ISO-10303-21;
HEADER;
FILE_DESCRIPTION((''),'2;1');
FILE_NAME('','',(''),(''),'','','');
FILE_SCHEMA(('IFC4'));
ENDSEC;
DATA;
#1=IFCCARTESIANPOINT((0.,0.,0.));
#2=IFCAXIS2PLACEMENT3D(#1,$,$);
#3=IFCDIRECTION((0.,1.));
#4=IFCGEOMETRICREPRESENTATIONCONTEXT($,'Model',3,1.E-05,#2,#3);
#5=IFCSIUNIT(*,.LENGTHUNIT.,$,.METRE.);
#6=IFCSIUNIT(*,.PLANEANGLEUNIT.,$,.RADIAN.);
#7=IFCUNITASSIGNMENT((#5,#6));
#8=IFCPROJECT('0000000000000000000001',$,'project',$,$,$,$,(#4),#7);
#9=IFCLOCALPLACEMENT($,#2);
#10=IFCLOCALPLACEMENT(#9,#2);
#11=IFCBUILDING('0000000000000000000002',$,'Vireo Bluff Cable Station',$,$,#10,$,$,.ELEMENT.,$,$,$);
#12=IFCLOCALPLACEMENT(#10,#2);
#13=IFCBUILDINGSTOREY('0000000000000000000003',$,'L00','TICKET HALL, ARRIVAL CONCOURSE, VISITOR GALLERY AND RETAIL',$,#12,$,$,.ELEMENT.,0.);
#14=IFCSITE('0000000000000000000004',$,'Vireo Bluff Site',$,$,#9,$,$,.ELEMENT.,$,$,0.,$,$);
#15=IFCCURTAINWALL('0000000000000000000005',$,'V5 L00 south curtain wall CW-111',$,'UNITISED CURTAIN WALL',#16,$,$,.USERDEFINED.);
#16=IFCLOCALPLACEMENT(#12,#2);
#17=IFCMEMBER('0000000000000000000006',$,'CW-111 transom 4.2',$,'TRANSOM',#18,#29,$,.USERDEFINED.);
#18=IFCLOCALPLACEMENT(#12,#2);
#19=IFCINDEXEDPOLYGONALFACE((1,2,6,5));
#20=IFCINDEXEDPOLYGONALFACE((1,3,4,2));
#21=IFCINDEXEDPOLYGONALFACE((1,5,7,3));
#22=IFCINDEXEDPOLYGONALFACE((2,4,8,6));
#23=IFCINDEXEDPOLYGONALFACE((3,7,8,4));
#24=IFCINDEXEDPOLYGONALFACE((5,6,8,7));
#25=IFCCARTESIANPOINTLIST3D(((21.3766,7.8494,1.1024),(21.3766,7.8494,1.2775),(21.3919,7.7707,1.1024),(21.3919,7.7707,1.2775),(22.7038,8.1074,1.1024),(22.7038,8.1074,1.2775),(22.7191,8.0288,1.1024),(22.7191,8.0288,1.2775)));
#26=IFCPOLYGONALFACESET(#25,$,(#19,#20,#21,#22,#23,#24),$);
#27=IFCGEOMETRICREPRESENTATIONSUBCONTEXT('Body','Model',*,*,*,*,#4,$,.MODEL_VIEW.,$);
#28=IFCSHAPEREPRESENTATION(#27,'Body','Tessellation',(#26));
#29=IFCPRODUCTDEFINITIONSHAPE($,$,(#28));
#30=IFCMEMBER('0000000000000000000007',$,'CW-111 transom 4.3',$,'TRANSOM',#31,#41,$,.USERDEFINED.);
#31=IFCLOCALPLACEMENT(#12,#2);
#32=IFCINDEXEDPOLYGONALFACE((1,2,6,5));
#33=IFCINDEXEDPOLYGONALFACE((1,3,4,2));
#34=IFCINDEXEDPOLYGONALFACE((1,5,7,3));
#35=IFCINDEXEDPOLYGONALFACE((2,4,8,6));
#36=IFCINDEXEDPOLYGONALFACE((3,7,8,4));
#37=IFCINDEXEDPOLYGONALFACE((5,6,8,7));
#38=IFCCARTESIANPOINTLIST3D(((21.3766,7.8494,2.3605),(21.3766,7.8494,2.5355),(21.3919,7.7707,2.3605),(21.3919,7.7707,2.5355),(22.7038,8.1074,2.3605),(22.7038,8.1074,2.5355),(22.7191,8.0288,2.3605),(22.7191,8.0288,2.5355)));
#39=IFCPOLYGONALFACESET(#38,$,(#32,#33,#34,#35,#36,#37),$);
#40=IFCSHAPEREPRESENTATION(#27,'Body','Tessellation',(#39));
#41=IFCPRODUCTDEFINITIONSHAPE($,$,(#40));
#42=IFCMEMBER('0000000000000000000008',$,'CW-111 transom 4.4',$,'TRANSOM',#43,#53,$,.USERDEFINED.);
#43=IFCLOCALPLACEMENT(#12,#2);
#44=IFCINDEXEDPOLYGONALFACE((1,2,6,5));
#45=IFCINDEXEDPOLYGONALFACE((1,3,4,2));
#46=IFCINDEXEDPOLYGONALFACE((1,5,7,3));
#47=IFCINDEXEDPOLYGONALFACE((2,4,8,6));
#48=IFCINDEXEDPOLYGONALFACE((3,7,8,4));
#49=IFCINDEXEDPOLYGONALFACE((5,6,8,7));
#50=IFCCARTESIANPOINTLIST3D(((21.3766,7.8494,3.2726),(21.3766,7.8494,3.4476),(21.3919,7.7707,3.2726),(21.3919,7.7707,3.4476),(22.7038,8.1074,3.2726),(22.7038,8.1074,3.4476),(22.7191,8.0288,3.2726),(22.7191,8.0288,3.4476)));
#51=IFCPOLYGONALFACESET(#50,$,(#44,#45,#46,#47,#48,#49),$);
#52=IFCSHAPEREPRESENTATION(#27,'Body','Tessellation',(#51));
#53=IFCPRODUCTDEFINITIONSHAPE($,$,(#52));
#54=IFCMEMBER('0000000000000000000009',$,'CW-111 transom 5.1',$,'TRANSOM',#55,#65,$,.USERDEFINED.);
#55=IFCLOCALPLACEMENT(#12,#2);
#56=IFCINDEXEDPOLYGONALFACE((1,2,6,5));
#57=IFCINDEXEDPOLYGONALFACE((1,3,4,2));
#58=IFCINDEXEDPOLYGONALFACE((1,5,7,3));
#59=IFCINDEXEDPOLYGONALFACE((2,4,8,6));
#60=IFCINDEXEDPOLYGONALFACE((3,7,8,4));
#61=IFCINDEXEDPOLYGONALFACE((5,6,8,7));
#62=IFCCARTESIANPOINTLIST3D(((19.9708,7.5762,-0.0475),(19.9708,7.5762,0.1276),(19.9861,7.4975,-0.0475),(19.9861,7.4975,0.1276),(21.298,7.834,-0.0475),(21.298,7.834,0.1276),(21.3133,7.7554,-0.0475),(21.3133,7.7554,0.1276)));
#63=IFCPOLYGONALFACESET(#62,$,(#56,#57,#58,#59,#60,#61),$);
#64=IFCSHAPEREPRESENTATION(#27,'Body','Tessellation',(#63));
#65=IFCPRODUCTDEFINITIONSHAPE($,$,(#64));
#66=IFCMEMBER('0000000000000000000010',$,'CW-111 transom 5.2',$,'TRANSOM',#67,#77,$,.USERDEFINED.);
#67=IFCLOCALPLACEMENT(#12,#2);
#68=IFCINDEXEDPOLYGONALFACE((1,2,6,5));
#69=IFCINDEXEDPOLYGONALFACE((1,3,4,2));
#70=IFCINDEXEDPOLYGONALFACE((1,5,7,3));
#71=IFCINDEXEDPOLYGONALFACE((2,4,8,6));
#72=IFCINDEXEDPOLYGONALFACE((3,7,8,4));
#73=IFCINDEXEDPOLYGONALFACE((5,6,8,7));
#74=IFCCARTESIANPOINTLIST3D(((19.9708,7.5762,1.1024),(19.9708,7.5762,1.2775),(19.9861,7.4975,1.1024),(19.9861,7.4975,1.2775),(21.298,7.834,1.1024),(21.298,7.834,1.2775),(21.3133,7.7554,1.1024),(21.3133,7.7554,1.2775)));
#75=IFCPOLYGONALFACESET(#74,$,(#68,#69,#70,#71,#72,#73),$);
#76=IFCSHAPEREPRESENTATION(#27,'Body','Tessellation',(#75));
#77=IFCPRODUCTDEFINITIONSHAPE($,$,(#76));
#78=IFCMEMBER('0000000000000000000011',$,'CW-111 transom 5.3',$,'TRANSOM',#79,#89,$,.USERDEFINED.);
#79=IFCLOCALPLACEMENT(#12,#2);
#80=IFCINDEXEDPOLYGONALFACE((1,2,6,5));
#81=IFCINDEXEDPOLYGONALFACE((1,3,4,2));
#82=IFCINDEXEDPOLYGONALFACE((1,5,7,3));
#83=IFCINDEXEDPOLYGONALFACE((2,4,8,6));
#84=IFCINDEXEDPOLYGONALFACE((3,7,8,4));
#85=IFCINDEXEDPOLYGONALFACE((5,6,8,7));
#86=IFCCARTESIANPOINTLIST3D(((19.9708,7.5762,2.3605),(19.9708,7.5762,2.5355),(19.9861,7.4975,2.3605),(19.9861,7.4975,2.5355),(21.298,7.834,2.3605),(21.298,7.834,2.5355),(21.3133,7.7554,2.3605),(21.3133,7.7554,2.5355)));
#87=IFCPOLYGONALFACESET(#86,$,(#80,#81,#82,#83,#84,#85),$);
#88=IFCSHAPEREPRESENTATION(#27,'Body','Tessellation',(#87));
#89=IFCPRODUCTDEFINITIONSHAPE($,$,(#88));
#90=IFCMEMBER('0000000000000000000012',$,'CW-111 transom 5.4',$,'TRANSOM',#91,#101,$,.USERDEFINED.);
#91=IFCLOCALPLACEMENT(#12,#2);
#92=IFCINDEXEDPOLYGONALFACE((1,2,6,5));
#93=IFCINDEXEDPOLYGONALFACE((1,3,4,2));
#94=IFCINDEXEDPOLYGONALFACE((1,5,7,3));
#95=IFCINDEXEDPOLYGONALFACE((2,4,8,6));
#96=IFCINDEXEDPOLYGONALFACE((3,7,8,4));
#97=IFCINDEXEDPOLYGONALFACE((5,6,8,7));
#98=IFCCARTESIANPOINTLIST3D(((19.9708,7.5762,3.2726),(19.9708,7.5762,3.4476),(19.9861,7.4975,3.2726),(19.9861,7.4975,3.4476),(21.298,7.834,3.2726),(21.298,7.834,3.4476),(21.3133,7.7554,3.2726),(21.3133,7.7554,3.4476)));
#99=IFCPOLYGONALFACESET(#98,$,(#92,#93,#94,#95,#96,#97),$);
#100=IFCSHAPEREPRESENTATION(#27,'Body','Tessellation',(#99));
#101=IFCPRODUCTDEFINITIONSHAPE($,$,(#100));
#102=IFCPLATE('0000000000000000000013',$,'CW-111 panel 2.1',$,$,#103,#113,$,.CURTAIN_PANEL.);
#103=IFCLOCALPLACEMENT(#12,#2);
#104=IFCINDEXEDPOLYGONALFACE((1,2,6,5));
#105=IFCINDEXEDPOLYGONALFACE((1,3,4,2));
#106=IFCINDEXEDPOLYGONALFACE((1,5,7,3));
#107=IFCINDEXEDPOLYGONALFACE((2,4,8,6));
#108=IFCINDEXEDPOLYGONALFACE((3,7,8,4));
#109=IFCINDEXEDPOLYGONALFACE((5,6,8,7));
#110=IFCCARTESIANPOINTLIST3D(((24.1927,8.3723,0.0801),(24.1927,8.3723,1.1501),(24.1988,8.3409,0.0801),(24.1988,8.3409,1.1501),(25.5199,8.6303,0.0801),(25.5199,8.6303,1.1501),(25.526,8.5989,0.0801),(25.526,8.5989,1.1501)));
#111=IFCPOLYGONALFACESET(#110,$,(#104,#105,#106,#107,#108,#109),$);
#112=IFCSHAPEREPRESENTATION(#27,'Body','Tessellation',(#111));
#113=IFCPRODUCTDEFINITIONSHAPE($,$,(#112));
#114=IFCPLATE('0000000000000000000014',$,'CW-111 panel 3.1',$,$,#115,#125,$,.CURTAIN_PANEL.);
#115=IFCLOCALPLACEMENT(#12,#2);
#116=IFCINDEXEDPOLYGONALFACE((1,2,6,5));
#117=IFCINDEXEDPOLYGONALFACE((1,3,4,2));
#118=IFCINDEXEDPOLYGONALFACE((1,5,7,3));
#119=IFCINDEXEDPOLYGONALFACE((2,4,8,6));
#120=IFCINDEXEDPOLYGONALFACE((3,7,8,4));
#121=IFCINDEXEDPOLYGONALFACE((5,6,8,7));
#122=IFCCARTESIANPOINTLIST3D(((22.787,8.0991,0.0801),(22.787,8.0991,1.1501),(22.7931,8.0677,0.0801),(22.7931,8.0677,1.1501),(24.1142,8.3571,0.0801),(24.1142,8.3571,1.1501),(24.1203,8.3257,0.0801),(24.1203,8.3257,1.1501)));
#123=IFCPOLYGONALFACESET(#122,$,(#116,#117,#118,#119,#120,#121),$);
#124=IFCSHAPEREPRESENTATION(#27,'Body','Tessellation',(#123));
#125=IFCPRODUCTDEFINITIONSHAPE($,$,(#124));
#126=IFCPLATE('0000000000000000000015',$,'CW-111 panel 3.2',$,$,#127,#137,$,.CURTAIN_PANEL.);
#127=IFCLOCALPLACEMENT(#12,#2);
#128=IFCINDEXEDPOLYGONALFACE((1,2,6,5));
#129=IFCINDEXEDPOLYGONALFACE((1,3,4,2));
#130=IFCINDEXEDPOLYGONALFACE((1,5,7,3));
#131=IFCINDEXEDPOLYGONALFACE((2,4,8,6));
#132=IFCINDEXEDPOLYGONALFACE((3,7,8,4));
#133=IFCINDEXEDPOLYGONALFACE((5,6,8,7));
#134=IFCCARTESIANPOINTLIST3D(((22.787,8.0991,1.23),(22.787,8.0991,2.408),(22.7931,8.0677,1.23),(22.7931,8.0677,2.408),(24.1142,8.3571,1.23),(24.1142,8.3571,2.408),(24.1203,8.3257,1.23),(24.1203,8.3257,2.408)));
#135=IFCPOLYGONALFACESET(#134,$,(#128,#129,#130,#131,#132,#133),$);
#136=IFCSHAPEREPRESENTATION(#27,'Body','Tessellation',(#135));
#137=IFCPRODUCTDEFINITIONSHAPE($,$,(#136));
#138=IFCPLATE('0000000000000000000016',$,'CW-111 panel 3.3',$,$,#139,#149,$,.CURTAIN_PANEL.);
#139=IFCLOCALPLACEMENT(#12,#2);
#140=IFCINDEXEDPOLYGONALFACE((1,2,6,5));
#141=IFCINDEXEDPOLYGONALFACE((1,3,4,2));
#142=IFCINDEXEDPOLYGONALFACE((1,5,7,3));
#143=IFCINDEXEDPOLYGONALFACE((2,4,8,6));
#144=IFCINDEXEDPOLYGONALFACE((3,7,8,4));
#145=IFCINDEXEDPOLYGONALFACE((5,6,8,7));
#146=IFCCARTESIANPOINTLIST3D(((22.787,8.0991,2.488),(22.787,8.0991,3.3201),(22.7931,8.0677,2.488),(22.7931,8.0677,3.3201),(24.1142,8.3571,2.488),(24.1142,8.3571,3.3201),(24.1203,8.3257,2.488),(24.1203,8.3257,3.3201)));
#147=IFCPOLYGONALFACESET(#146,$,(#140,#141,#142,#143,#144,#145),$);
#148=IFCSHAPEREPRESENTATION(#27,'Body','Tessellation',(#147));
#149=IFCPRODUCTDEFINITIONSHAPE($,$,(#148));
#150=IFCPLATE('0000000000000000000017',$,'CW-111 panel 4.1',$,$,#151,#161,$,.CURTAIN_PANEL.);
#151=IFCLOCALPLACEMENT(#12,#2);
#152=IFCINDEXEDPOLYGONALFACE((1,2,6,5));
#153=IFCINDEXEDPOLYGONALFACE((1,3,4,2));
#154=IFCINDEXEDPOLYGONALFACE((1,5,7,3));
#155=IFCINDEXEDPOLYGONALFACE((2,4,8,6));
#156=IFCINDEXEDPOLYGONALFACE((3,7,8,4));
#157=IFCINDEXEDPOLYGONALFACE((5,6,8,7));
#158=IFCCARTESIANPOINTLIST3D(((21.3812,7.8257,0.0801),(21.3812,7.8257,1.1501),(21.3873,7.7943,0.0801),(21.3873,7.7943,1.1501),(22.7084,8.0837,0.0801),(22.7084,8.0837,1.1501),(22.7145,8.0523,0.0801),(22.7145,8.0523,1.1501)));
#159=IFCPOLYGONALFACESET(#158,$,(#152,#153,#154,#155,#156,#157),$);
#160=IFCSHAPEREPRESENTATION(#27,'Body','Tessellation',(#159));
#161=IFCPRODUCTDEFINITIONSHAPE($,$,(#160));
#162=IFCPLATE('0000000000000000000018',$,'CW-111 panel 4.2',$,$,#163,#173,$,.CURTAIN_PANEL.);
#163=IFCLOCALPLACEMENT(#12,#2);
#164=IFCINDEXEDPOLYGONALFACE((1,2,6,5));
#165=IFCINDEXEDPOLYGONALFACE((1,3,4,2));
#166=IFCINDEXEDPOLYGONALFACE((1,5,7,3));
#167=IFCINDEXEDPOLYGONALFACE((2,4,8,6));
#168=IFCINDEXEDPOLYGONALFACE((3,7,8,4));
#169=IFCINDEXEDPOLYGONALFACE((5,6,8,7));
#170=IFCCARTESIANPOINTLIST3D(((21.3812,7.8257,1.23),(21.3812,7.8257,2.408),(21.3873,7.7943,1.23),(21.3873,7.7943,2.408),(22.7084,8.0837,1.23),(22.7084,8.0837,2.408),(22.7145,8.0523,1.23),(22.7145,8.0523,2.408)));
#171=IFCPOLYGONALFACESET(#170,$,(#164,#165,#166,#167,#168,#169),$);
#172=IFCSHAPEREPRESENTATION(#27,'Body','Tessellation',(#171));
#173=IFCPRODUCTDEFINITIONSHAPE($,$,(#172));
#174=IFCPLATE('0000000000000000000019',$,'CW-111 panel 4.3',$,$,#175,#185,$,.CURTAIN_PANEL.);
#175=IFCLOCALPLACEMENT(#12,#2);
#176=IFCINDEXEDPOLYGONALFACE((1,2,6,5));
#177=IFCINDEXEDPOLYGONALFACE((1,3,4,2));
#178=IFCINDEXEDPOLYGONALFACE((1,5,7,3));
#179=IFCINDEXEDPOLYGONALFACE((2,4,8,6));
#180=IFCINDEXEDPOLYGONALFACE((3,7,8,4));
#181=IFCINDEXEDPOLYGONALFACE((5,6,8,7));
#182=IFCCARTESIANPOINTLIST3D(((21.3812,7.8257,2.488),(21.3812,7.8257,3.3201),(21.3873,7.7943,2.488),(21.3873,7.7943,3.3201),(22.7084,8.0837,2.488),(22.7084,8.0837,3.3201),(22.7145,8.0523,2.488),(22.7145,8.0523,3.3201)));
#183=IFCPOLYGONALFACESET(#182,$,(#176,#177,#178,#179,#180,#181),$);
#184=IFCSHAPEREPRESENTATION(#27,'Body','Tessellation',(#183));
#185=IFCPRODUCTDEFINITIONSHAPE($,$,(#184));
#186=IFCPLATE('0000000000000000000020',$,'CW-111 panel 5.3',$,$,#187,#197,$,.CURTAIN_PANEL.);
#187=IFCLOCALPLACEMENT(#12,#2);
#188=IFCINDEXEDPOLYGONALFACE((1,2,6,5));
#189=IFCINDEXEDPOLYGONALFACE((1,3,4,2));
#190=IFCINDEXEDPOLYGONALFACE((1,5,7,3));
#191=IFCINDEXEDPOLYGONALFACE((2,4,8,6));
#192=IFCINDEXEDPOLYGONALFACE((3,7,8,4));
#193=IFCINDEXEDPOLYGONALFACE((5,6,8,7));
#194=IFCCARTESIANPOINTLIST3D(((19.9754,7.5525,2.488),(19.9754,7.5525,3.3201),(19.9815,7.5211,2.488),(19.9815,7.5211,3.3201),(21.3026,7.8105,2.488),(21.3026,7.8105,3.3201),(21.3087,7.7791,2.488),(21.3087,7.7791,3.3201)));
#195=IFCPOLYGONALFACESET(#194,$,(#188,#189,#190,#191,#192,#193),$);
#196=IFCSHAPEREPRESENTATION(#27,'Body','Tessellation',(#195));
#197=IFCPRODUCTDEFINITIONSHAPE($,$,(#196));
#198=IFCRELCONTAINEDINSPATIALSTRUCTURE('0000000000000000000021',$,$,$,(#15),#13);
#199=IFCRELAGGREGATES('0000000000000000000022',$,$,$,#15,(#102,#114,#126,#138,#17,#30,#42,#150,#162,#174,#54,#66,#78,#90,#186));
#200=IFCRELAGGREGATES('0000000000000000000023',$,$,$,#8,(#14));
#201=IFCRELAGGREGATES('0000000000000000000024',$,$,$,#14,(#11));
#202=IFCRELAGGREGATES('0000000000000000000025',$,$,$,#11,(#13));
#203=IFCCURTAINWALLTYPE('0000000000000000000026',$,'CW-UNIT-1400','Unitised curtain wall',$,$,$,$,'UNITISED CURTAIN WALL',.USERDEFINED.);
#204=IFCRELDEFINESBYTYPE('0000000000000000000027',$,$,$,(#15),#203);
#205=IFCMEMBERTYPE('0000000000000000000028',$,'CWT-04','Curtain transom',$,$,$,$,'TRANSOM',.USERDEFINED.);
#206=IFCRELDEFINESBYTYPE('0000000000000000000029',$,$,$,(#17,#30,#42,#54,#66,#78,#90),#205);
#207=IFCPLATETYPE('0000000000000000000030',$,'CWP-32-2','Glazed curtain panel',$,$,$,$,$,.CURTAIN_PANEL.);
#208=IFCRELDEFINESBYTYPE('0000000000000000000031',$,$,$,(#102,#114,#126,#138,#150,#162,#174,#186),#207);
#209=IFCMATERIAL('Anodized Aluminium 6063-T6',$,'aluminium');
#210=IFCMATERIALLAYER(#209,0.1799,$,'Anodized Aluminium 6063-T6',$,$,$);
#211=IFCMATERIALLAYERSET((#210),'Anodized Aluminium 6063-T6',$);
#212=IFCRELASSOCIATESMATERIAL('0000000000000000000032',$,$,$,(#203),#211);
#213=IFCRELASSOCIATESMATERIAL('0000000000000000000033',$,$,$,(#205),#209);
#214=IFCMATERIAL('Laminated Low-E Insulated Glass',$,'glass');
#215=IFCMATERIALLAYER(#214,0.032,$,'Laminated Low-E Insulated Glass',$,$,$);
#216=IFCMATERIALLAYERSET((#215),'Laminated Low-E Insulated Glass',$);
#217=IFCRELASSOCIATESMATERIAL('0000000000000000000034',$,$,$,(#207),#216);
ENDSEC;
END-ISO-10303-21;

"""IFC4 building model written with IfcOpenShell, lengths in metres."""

from ifc_helpers import new_model, si_unit, direction, frame, origin, origin_2d, place, context, subcontext, project, spatial, rectangle, extrude, material, layer, layer_set, material_profile, profile_set, type_object, element, aggregate, save


model = new_model("IFC4")

# Units and contexts
model_context = context("Model", 3, precision=1e-05, world=origin(), true_north=direction((0.0, 1.0)))
body_context = subcontext(model_context, "Body", "Model", "MODEL_VIEW")
ifc_project = project(units=[si_unit("LENGTHUNIT", "METRE"), si_unit("PLANEANGLEUNIT", "RADIAN")], contexts=[model_context])

# Site, building, storey
site_placement = place(None, origin())
site = spatial("IfcSite", under=ifc_project, at=site_placement, Name="Vireo Bluff Site", CompositionType="ELEMENT", RefElevation=0.0)
building_placement = place(site_placement, origin())
building = spatial("IfcBuilding", under=site, at=building_placement, Name="Vireo Bluff Cable Station", CompositionType="ELEMENT")
storey_placement = place(building_placement, origin())
storey = spatial("IfcBuildingStorey", under=building, at=storey_placement, Name="L00", Description="TICKET HALL, ARRIVAL CONCOURSE, VISITOR GALLERY AND RETAIL", CompositionType="ELEMENT", Elevation=0.0)

# Curtain wall, members, plates
ifc_material_1 = material(Name="Anodized Aluminium 6063-T6", Category="aluminium")
ifc_layer_1 = layer(ifc_material_1, 0.1799, Name="Anodized Aluminium 6063-T6")
ifc_layer_set_1 = layer_set([ifc_layer_1], Name="Anodized Aluminium 6063-T6")
curtain_wall_type = type_object("IfcCurtainWallType", Name="CW-UNIT-1400", Description="Unitised curtain wall", ElementType="UNITISED CURTAIN WALL", PredefinedType="USERDEFINED", material=ifc_layer_set_1)
curtain_wall_placement = place(storey_placement, origin())
curtain_wall = element("IfcCurtainWall", 1, at=curtain_wall_placement, inside=storey, type_object=curtain_wall_type, Name="V5 L00 south curtain wall CW-111", ObjectType="UNITISED CURTAIN WALL", PredefinedType="USERDEFINED")
ifc_material_profile_1 = material_profile(ifc_material_1, rectangle(XDim=0.0801, YDim=0.175, at=origin_2d()), Name="ALU-T-80X175")
ifc_profile_set_1 = profile_set([ifc_material_profile_1], Name="Anodized Aluminium 6063-T6")
member_type_1 = type_object("IfcMemberType", Name="CWT-04", Description="Curtain transom", ElementType="TRANSOM", PredefinedType="USERDEFINED", material=ifc_profile_set_1)
member_1_placement = place(storey_placement, frame((22.7114, 8.0681, 1.1899), z_axis=(-0.981615, -0.19087, 0.0), x_axis=(0.19087, -0.981615, 0.0)))
member_1 = element("IfcMember", 2, at=member_1_placement, type_object=member_type_1, Name="CW-111 transom 4.2", ObjectType="TRANSOM", PredefinedType="USERDEFINED", context=body_context, shape_type="SweptSolid", body=[
    extrude(rectangle(XDim=0.0801, YDim=0.175, at=origin_2d()), origin(), (0.0, 0.0, 1.0), 1.3521),
])
member_2_placement = place(storey_placement, frame((22.7114, 8.0681, 2.448), z_axis=(-0.981615, -0.19087, 0.0), x_axis=(0.19087, -0.981615, 0.0)))
member_2 = element("IfcMember", 3, at=member_2_placement, type_object=member_type_1, Name="CW-111 transom 4.3", ObjectType="TRANSOM", PredefinedType="USERDEFINED", context=body_context, shape_type="SweptSolid", body=[
    extrude(rectangle(XDim=0.0801, YDim=0.175, at=origin_2d()), origin(), (0.0, 0.0, 1.0), 1.3521),
])
member_3_placement = place(storey_placement, frame((22.7114, 8.0681, 3.3601), z_axis=(-0.981615, -0.19087, 0.0), x_axis=(0.19087, -0.981615, 0.0)))
member_3 = element("IfcMember", 4, at=member_3_placement, type_object=member_type_1, Name="CW-111 transom 4.4", ObjectType="TRANSOM", PredefinedType="USERDEFINED", context=body_context, shape_type="SweptSolid", body=[
    extrude(rectangle(XDim=0.0801, YDim=0.175, at=origin_2d()), origin(), (0.0, 0.0, 1.0), 1.3521),
])
member_4_placement = place(storey_placement, frame((21.3057, 7.7947, 0.04), z_axis=(-0.981649, -0.190696, 0.0), x_axis=(0.190696, -0.981649, 0.0)))
member_4 = element("IfcMember", 5, at=member_4_placement, type_object=member_type_1, Name="CW-111 transom 5.1", ObjectType="TRANSOM", PredefinedType="USERDEFINED", context=body_context, shape_type="SweptSolid", body=[
    extrude(rectangle(XDim=0.0801, YDim=0.175, at=origin_2d()), origin(), (0.0, 0.0, 1.0), 1.3521),
])
member_5_placement = place(storey_placement, frame((21.3057, 7.7947, 1.1899), z_axis=(-0.981649, -0.190696, 0.0), x_axis=(0.190696, -0.981649, 0.0)))
member_5 = element("IfcMember", 6, at=member_5_placement, type_object=member_type_1, Name="CW-111 transom 5.2", ObjectType="TRANSOM", PredefinedType="USERDEFINED", context=body_context, shape_type="SweptSolid", body=[
    extrude(rectangle(XDim=0.0801, YDim=0.175, at=origin_2d()), origin(), (0.0, 0.0, 1.0), 1.3521),
])
member_6_placement = place(storey_placement, frame((21.3057, 7.7947, 2.448), z_axis=(-0.981649, -0.190696, 0.0), x_axis=(0.190696, -0.981649, 0.0)))
member_6 = element("IfcMember", 7, at=member_6_placement, type_object=member_type_1, Name="CW-111 transom 5.3", ObjectType="TRANSOM", PredefinedType="USERDEFINED", context=body_context, shape_type="SweptSolid", body=[
    extrude(rectangle(XDim=0.0801, YDim=0.175, at=origin_2d()), origin(), (0.0, 0.0, 1.0), 1.3521),
])
member_7_placement = place(storey_placement, frame((21.3057, 7.7947, 3.3601), z_axis=(-0.981649, -0.190696, 0.0), x_axis=(0.190696, -0.981649, 0.0)))
member_7 = element("IfcMember", 8, at=member_7_placement, type_object=member_type_1, Name="CW-111 transom 5.4", ObjectType="TRANSOM", PredefinedType="USERDEFINED", context=body_context, shape_type="SweptSolid", body=[
    extrude(rectangle(XDim=0.0801, YDim=0.175, at=origin_2d()), origin(), (0.0, 0.0, 1.0), 1.3521),
])
ifc_material_2 = material(Name="Laminated Low-E Insulated Glass", Category="glass")
ifc_layer_2 = layer(ifc_material_2, 0.032, Name="Laminated Low-E Insulated Glass")
ifc_layer_set_2 = layer_set([ifc_layer_2], Name="Laminated Low-E Insulated Glass")
plate_type = type_object("IfcPlateType", Name="CWP-32-2", Description="Glazed curtain panel", PredefinedType="CURTAIN_PANEL", material=ifc_layer_set_2)
plate_1_placement = place(storey_placement, frame((24.8594, 8.4856, 0.0801), z_axis=(0.0, 0.0, 1.0), x_axis=(-0.981627, -0.190809, 0.0)))
plate_1 = element("IfcPlate", 9, at=plate_1_placement, type_object=plate_type, Name="CW-111 panel 2.1", PredefinedType="CURTAIN_PANEL", context=body_context, shape_type="SweptSolid", body=[
    extrude(rectangle(XDim=1.3521, YDim=0.032, at=origin_2d()), origin(), (0.0, 0.0, 1.0), 1.0701),
])
plate_2_placement = place(storey_placement, frame((23.4536, 8.2124, 0.0801), z_axis=(0.0, 0.0, 1.0), x_axis=(-0.981627, -0.190809, 0.0)))
plate_2 = element("IfcPlate", 10, at=plate_2_placement, type_object=plate_type, Name="CW-111 panel 3.1", PredefinedType="CURTAIN_PANEL", context=body_context, shape_type="SweptSolid", body=[
    extrude(rectangle(XDim=1.3521, YDim=0.032, at=origin_2d()), origin(), (0.0, 0.0, 1.0), 1.0701),
])
plate_3_placement = place(storey_placement, frame((23.4536, 8.2124, 1.23), z_axis=(0.0, 0.0, 1.0), x_axis=(-0.981627, -0.190809, 0.0)))
plate_3 = element("IfcPlate", 11, at=plate_3_placement, type_object=plate_type, Name="CW-111 panel 3.2", PredefinedType="CURTAIN_PANEL", context=body_context, shape_type="SweptSolid", body=[
    extrude(rectangle(XDim=1.3521, YDim=0.032, at=origin_2d()), origin(), (0.0, 0.0, 1.0), 1.178),
])
plate_4_placement = place(storey_placement, frame((23.4536, 8.2124, 2.488), z_axis=(0.0, 0.0, 1.0), x_axis=(-0.981627, -0.190809, 0.0)))
plate_4 = element("IfcPlate", 12, at=plate_4_placement, type_object=plate_type, Name="CW-111 panel 3.3", PredefinedType="CURTAIN_PANEL", context=body_context, shape_type="SweptSolid", body=[
    extrude(rectangle(XDim=1.3521, YDim=0.032, at=origin_2d()), origin(), (0.0, 0.0, 1.0), 0.832),
])
plate_5_placement = place(storey_placement, frame((22.0479, 7.939, 0.0801), z_axis=(0.0, 0.0, 1.0), x_axis=(-0.981627, -0.190809, 0.0)))
plate_5 = element("IfcPlate", 13, at=plate_5_placement, type_object=plate_type, Name="CW-111 panel 4.1", PredefinedType="CURTAIN_PANEL", context=body_context, shape_type="SweptSolid", body=[
    extrude(rectangle(XDim=1.3521, YDim=0.032, at=origin_2d()), origin(), (0.0, 0.0, 1.0), 1.0701),
])
plate_6_placement = place(storey_placement, frame((22.0479, 7.939, 1.23), z_axis=(0.0, 0.0, 1.0), x_axis=(-0.981627, -0.190809, 0.0)))
plate_6 = element("IfcPlate", 14, at=plate_6_placement, type_object=plate_type, Name="CW-111 panel 4.2", PredefinedType="CURTAIN_PANEL", context=body_context, shape_type="SweptSolid", body=[
    extrude(rectangle(XDim=1.3521, YDim=0.032, at=origin_2d()), origin(), (0.0, 0.0, 1.0), 1.178),
])
plate_7_placement = place(storey_placement, frame((22.0479, 7.939, 2.488), z_axis=(0.0, 0.0, 1.0), x_axis=(-0.981627, -0.190809, 0.0)))
plate_7 = element("IfcPlate", 15, at=plate_7_placement, type_object=plate_type, Name="CW-111 panel 4.3", PredefinedType="CURTAIN_PANEL", context=body_context, shape_type="SweptSolid", body=[
    extrude(rectangle(XDim=1.3521, YDim=0.032, at=origin_2d()), origin(), (0.0, 0.0, 1.0), 0.832),
])
plate_8_placement = place(storey_placement, frame((20.6421, 7.6658, 2.488), z_axis=(0.0, 0.0, 1.0), x_axis=(-0.981627, -0.190809, 0.0)))
plate_8 = element("IfcPlate", 16, at=plate_8_placement, type_object=plate_type, Name="CW-111 panel 5.3", PredefinedType="CURTAIN_PANEL", context=body_context, shape_type="SweptSolid", body=[
    extrude(rectangle(XDim=1.3521, YDim=0.032, at=origin_2d()), origin(), (0.0, 0.0, 1.0), 0.832),
])
aggregate(curtain_wall, [plate_1, plate_2, plate_3, plate_4, member_1, member_2, member_3, plate_5, plate_6, plate_7, member_4, member_5, member_6, member_7, plate_8])

save(model, "model.ifc")
